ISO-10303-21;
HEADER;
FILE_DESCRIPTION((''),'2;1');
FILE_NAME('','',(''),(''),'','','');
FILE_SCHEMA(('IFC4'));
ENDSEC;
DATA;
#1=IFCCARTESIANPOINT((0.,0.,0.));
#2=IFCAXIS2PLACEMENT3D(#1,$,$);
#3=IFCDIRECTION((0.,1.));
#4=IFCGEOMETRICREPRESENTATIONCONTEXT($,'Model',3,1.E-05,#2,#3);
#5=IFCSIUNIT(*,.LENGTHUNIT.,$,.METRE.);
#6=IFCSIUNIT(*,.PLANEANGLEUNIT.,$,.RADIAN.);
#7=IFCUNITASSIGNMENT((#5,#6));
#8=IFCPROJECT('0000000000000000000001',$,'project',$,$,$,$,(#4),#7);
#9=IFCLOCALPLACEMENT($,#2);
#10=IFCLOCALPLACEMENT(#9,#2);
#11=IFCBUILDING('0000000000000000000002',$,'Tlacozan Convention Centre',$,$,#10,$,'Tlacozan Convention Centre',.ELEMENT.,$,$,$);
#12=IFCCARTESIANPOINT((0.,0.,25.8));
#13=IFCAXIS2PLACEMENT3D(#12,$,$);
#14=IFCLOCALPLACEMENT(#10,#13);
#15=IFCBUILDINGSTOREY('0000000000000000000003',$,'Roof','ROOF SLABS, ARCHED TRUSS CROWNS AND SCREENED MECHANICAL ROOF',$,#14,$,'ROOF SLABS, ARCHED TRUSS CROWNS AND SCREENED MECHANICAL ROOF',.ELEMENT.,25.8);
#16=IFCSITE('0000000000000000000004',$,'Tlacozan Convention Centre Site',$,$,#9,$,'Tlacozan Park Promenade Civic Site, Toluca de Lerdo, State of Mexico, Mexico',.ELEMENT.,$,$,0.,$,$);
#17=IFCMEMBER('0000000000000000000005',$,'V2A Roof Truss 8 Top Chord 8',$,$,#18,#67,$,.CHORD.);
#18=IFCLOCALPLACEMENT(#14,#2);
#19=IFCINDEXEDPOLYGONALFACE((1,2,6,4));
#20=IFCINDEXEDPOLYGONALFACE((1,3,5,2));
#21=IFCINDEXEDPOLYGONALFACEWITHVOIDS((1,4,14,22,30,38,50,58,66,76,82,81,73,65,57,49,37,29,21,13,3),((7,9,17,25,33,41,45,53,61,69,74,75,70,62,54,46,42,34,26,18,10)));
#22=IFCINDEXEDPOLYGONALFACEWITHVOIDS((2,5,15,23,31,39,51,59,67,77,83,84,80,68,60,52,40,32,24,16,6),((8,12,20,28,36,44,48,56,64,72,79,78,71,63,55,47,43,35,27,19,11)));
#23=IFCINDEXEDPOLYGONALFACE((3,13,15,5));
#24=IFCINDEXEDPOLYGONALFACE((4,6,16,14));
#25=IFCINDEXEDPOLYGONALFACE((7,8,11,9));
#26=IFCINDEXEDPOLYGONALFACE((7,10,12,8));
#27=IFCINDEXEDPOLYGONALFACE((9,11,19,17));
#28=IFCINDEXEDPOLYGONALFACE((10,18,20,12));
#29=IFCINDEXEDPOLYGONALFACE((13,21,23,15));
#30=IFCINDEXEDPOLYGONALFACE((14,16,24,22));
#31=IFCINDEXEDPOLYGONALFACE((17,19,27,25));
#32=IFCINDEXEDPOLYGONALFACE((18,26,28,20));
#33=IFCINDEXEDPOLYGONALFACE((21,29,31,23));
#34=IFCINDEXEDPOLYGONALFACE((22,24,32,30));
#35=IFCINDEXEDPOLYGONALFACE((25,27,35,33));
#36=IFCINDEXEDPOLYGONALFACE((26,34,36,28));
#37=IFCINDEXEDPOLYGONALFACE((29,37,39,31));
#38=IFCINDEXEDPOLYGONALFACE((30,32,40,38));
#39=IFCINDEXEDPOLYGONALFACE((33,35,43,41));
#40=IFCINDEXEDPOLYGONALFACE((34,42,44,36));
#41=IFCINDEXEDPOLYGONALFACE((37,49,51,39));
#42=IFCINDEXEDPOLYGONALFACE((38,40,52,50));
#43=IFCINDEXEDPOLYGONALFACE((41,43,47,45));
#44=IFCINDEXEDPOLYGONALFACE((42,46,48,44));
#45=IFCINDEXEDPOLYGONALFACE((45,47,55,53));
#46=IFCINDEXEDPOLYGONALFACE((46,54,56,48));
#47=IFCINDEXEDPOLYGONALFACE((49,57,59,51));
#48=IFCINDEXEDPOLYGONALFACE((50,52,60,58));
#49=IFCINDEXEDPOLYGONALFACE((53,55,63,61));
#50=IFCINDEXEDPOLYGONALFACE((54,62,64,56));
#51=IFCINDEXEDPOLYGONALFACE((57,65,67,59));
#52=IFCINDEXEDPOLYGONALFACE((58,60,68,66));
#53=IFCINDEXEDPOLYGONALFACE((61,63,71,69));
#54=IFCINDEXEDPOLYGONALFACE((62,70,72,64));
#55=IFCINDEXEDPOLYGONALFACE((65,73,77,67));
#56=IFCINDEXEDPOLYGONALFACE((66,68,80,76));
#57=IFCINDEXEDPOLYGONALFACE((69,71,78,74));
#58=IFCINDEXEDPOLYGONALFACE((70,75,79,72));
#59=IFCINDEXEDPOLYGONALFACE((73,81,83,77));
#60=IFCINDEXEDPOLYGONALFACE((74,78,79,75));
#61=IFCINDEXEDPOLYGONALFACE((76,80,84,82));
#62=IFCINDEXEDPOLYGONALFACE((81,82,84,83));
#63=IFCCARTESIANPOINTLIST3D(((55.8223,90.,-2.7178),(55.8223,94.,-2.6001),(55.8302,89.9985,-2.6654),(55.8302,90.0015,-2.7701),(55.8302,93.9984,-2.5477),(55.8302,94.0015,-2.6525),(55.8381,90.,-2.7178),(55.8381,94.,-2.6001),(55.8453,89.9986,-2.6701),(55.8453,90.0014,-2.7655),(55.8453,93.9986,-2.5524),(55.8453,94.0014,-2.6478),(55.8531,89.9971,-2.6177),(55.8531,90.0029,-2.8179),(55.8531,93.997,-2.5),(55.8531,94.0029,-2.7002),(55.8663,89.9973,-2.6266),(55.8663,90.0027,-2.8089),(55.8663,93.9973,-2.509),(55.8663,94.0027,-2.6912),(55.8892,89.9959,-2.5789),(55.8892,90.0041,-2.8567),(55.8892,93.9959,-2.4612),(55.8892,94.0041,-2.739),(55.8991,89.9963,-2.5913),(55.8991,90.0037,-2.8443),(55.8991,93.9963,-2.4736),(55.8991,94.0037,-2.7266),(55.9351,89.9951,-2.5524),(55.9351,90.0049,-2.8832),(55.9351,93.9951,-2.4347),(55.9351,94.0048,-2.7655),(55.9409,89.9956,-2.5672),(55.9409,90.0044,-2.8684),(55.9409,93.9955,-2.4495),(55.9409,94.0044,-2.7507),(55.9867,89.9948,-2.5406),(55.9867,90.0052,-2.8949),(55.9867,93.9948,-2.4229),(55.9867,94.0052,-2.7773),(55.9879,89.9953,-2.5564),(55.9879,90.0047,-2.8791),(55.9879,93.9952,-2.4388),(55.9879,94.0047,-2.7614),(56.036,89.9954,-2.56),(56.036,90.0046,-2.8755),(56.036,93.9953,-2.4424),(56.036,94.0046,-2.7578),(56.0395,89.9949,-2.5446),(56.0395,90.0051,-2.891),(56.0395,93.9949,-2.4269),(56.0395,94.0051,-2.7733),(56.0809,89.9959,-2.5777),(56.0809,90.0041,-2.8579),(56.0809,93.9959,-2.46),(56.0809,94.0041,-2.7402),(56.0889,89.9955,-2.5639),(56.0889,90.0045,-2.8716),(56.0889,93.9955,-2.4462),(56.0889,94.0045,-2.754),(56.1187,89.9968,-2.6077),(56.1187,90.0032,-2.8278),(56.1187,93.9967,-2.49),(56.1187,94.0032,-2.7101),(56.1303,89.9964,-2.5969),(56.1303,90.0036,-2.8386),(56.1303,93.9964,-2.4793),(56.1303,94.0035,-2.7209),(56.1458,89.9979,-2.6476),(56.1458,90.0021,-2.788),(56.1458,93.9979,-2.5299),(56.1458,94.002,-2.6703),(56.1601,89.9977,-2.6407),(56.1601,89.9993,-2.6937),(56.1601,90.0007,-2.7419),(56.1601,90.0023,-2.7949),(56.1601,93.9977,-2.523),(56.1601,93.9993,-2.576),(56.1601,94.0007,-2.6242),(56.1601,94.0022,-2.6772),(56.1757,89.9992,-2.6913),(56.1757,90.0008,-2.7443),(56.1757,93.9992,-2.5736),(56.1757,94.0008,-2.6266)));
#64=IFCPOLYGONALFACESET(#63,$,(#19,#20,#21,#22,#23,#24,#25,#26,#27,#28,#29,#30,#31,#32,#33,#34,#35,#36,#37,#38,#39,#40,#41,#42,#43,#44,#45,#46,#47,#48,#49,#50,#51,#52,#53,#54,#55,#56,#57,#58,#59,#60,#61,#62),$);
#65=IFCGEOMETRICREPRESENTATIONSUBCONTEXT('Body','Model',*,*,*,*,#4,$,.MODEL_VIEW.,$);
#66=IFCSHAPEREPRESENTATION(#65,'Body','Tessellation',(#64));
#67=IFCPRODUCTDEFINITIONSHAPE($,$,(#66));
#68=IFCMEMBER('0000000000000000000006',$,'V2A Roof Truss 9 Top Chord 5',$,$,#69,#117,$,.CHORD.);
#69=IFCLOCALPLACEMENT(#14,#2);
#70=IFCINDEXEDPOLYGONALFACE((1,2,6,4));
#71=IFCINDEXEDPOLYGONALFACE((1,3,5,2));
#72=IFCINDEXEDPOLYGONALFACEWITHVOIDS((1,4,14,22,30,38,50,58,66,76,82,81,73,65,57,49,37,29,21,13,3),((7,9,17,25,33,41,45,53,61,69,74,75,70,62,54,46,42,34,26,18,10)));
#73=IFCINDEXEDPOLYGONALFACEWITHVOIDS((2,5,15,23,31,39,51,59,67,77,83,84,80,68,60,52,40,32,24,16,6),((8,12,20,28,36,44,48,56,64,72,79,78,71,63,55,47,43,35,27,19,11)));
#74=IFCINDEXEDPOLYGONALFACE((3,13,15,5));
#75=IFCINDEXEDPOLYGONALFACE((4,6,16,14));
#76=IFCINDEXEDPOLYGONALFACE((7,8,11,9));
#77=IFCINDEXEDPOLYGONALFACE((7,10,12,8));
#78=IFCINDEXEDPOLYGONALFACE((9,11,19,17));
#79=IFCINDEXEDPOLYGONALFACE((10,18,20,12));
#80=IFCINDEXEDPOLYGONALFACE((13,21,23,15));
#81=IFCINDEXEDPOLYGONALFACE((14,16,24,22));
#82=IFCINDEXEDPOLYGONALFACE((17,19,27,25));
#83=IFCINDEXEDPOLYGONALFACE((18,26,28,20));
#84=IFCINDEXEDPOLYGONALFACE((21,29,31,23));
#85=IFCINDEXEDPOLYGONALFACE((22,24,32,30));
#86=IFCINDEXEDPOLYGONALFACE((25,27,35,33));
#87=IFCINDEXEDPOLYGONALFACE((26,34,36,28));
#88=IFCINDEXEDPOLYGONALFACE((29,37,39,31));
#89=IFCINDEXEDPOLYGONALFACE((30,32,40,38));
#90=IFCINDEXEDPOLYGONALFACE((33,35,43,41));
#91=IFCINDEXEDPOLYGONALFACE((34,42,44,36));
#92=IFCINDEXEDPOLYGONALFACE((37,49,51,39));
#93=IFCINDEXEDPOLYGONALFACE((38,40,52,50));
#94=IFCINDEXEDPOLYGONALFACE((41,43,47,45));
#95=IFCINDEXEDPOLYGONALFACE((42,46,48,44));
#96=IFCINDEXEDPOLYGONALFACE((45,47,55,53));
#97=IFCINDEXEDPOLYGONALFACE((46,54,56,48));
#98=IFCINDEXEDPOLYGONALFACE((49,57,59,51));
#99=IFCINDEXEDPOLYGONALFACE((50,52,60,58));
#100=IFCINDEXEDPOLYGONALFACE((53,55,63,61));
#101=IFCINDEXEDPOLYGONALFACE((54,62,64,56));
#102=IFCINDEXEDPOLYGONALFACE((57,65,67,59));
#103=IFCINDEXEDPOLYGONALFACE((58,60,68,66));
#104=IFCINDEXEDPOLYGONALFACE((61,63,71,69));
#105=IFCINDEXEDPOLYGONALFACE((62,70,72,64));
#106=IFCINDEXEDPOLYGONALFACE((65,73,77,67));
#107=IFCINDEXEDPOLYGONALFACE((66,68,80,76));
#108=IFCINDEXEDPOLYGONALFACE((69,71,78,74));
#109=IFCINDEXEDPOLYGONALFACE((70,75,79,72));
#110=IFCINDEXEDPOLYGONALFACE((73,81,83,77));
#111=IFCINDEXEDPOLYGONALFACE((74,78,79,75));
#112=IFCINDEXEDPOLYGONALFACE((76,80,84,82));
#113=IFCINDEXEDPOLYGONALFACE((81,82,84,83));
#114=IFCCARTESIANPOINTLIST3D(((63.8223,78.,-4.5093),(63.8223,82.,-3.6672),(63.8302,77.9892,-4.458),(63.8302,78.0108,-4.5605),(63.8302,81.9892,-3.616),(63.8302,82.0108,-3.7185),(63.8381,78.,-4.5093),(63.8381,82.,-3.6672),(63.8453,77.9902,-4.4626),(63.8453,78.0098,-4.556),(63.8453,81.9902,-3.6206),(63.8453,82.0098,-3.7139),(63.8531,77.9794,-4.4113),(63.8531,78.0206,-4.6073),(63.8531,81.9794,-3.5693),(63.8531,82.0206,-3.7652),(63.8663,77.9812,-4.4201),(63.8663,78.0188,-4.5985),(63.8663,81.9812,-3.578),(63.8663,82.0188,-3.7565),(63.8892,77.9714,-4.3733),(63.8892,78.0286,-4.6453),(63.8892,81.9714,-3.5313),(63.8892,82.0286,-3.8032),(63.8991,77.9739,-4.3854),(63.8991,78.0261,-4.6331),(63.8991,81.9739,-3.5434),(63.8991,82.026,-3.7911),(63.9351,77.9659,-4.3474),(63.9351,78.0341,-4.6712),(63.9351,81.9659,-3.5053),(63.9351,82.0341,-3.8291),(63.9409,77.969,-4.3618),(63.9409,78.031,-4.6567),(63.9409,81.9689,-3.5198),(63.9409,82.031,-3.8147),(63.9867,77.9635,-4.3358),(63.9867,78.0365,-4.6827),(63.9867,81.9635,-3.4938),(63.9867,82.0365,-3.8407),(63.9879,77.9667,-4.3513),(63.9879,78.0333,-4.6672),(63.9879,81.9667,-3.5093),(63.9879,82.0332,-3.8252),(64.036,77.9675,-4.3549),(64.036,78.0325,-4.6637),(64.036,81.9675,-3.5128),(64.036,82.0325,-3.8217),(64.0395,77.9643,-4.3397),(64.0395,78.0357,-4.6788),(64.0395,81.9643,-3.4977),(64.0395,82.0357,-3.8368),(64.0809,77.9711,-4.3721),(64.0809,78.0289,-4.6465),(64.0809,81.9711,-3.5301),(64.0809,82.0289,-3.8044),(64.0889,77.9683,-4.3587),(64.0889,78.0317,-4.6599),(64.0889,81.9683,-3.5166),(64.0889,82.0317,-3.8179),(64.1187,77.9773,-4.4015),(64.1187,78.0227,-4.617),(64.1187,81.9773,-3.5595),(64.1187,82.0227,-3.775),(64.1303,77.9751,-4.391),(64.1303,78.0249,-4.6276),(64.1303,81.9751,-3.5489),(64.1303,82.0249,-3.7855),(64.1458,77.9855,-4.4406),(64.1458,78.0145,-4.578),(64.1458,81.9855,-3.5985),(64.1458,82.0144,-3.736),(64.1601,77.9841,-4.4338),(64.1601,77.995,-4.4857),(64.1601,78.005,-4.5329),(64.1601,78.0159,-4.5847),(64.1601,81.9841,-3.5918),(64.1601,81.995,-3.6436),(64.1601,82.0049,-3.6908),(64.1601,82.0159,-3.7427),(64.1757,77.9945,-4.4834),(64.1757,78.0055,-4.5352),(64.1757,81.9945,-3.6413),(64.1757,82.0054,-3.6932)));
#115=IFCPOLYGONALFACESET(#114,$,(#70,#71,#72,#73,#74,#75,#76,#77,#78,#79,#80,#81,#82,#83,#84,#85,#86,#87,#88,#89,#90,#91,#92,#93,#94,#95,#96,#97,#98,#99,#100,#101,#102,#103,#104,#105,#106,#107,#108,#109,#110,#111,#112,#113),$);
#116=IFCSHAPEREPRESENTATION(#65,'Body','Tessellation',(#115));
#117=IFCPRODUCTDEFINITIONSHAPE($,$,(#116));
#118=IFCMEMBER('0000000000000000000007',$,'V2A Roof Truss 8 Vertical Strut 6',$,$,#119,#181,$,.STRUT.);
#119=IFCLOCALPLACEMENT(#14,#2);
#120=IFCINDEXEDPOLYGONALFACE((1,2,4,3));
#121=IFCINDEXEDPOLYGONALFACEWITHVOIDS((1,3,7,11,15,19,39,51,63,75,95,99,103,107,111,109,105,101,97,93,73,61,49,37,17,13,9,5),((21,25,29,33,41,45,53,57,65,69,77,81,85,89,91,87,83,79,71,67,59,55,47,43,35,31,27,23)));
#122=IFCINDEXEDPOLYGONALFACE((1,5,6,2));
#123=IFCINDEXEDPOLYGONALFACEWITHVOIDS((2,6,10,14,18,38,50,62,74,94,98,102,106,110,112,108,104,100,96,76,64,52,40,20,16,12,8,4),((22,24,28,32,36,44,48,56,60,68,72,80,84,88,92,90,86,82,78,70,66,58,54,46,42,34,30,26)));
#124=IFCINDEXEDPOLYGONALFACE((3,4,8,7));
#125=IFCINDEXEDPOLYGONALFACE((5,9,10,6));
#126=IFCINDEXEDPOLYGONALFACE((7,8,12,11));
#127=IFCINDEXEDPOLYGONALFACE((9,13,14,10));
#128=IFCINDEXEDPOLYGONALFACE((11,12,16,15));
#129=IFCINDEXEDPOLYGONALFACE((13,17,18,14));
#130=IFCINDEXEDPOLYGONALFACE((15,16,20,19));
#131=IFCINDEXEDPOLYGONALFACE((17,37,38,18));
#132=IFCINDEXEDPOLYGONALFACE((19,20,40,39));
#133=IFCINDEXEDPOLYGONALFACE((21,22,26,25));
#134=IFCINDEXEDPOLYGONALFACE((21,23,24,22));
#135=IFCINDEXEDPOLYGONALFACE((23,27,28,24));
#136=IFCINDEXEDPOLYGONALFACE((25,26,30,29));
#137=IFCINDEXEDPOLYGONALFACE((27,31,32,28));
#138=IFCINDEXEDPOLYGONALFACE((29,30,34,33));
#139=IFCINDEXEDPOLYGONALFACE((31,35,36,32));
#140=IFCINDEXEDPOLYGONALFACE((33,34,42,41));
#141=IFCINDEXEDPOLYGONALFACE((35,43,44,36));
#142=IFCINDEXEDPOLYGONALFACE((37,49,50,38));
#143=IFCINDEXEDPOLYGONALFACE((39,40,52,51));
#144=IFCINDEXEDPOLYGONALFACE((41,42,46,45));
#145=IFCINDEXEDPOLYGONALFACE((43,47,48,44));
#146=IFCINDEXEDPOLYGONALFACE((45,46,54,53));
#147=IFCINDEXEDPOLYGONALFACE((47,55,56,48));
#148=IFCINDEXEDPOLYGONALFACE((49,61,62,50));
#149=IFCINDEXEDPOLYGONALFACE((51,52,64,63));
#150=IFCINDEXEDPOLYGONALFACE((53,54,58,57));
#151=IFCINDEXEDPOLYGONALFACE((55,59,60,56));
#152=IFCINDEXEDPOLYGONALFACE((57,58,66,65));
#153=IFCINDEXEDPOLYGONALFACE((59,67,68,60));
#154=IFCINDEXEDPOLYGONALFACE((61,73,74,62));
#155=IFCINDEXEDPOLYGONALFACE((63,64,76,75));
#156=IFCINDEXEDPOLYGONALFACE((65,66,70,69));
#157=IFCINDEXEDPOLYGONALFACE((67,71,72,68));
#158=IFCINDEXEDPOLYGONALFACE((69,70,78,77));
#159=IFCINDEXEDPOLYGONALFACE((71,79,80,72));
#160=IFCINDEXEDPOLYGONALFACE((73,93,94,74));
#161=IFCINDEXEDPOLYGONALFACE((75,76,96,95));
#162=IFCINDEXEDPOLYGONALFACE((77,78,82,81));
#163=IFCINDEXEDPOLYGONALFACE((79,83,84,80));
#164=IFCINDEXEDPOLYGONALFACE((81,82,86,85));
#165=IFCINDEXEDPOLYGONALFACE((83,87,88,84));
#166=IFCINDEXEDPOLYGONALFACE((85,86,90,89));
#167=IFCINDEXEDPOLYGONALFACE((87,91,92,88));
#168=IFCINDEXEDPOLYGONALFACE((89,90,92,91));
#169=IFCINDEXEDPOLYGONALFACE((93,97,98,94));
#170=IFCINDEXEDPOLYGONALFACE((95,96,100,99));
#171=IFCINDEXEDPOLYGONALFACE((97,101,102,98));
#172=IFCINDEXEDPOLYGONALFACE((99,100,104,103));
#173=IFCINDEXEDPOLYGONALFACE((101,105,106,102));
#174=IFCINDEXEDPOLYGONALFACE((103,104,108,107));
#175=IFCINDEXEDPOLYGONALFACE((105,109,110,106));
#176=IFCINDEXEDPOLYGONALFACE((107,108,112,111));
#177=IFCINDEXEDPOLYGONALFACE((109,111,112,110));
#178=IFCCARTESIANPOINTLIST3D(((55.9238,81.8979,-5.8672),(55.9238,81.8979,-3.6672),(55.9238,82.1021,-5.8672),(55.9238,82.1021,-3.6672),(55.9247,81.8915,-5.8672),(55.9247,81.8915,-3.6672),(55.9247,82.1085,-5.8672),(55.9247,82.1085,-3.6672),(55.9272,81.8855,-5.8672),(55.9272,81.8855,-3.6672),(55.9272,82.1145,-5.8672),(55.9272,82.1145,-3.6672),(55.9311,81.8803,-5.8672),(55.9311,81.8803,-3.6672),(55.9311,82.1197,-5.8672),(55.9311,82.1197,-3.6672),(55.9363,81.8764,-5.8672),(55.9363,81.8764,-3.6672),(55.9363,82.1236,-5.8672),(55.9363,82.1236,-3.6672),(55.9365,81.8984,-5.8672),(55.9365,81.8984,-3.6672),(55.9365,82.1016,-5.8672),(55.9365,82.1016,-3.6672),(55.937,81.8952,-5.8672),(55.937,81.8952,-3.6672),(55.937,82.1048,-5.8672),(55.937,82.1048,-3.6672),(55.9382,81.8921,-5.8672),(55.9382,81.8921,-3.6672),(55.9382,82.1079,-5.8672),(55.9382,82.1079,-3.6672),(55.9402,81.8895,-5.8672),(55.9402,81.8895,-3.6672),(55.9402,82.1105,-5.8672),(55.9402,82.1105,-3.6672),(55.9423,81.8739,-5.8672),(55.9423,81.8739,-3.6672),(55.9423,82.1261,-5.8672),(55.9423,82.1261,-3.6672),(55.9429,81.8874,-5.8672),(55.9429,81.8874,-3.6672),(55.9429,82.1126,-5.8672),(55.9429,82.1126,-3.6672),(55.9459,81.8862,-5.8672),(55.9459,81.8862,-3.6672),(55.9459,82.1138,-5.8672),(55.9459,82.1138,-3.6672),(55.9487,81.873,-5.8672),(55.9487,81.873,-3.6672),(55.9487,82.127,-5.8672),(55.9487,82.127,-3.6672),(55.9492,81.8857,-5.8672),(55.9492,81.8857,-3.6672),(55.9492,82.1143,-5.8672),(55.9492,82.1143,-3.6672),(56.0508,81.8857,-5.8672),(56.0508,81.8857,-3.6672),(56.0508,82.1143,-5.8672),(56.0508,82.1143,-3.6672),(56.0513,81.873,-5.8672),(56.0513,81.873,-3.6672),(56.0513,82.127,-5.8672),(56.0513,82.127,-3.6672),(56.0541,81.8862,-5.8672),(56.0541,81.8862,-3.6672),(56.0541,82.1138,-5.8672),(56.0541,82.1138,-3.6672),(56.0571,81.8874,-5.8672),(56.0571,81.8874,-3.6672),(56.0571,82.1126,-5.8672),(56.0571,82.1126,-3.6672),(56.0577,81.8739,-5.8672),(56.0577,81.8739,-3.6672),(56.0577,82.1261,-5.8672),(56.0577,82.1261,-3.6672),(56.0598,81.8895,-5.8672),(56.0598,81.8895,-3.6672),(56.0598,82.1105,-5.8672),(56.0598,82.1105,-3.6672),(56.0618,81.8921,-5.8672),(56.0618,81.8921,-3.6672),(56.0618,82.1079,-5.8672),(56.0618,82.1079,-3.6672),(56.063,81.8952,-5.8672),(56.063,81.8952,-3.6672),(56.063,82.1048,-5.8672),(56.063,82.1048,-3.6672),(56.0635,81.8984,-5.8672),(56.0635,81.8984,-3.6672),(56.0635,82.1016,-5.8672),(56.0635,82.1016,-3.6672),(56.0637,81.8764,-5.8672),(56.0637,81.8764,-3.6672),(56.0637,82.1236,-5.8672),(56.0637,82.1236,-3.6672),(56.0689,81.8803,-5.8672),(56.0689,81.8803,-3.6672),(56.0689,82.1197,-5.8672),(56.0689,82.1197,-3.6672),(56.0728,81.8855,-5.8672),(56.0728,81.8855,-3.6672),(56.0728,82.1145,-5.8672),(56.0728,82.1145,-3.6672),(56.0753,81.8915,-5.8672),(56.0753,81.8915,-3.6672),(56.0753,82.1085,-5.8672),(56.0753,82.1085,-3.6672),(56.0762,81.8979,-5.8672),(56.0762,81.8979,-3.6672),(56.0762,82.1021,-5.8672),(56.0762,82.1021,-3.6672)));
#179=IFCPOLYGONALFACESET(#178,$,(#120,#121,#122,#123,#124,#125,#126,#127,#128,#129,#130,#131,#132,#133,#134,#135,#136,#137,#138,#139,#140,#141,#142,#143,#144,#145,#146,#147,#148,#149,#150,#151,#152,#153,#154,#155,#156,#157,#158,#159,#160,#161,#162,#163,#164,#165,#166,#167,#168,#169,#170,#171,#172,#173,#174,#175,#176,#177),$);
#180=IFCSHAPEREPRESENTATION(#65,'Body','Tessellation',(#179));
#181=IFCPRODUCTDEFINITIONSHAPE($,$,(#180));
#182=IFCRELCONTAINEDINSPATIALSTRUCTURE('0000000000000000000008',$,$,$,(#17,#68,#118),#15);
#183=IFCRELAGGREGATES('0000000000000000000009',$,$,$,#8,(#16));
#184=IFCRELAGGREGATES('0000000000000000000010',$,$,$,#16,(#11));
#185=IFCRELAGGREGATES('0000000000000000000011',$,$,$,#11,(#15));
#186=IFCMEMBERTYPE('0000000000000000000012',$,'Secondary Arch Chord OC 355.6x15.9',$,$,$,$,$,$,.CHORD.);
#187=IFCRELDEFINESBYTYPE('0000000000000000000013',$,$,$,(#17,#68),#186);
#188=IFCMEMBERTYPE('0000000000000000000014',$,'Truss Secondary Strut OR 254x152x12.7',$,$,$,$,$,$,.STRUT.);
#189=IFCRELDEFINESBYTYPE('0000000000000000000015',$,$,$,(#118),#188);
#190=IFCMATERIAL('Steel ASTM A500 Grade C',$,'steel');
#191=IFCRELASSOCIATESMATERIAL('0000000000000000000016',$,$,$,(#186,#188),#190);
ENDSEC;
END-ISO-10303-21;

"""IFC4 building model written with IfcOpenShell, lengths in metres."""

from ifc_helpers import new_model, si_unit, direction, frame, origin, origin_2d, place, context, subcontext, project, spatial, hollow_rectangle, hollow_circle, extrude, material, material_profile, profile_set, type_object, element, save


model = new_model("IFC4")

# Units and contexts
model_context = context("Model", 3, precision=1e-05, world=origin(), true_north=direction((0.0, 1.0)))
body_context = subcontext(model_context, "Body", "Model", "MODEL_VIEW")
ifc_project = project(units=[si_unit("LENGTHUNIT", "METRE"), si_unit("PLANEANGLEUNIT", "RADIAN")], contexts=[model_context])

# Site, building, storey
site_placement = place(None, origin())
site = spatial("IfcSite", under=ifc_project, at=site_placement, Name="Tlacozan Convention Centre Site", LongName="Tlacozan Park Promenade Civic Site, Toluca de Lerdo, State of Mexico, Mexico", CompositionType="ELEMENT", RefElevation=0.0)
building_placement = place(site_placement, origin())
building = spatial("IfcBuilding", under=site, at=building_placement, Name="Tlacozan Convention Centre", LongName="Tlacozan Convention Centre", CompositionType="ELEMENT")
storey_placement = place(building_placement, frame((0.0, 0.0, 25.8)))
storey = spatial("IfcBuildingStorey", under=building, at=storey_placement, Name="Roof", Description="ROOF SLABS, ARCHED TRUSS CROWNS AND SCREENED MECHANICAL ROOF", LongName="ROOF SLABS, ARCHED TRUSS CROWNS AND SCREENED MECHANICAL ROOF", CompositionType="ELEMENT", Elevation=25.8)

# Members
ifc_material_1 = material(Name="Steel ASTM A500 Grade C", Category="steel")
ifc_material_profile_1 = material_profile(ifc_material_1, hollow_circle(Radius=0.1777, WallThickness=0.0159, at=origin_2d()), Name="OC 355.6x15.9")
ifc_profile_set_1 = profile_set([ifc_material_profile_1], Name="Steel ASTM A500 Grade C")
member_type_1 = type_object("IfcMemberType", Name="Secondary Arch Chord OC 355.6x15.9", PredefinedType="CHORD", material=ifc_profile_set_1)
member_1_placement = place(storey_placement, frame((56.0, 90.0, -2.7178), z_axis=(0.0, 0.999568, 0.029406), x_axis=(-1.0, 0.0, 0.0)))
element("IfcMember", 1, at=member_1_placement, inside=storey, type_object=member_type_1, Name="V2A Roof Truss 8 Top Chord 8", PredefinedType="CHORD", context=body_context, shape_type="SweptSolid", body=[
    extrude(hollow_circle(Radius=0.1777, WallThickness=0.0159, at=origin_2d()), origin(), (0.0, 0.0, 1.0), 4.0017),
])
member_2_placement = place(storey_placement, frame((64.0, 78.0, -4.5093), z_axis=(0.0, 0.978553, 0.205995), x_axis=(-1.0, 0.0, 0.0)))
element("IfcMember", 2, at=member_2_placement, inside=storey, type_object=member_type_1, Name="V2A Roof Truss 9 Top Chord 5", PredefinedType="CHORD", context=body_context, shape_type="SweptSolid", body=[
    extrude(hollow_circle(Radius=0.1777, WallThickness=0.0159, at=origin_2d()), origin(), (0.0, 0.0, 1.0), 4.0876),
])
ifc_material_profile_2 = material_profile(ifc_material_1, hollow_rectangle(XDim=0.1523, YDim=0.2539, WallThickness=0.0127, InnerFilletRadius=0.0127, OuterFilletRadius=0.0249, at=origin_2d()), Name="OR 254x152x12.7")
ifc_profile_set_2 = profile_set([ifc_material_profile_2], Name="Steel ASTM A500 Grade C")
member_type_2 = type_object("IfcMemberType", Name="Truss Secondary Strut OR 254x152x12.7", PredefinedType="STRUT", material=ifc_profile_set_2)
for number, where, z_axis, x_axis, name in (
    (3, (56.0, 82.0, -5.8672), (0.0, 0.0, 1.0), (1.0, 0.0, 0.0), "V2A Roof Truss 8 Vertical Strut 6"),
):
    element("IfcMember", number, at=place(storey_placement, frame(where, z_axis=z_axis, x_axis=x_axis)), inside=storey, type_object=member_type_2, Name=name, PredefinedType="STRUT", context=body_context, shape_type="SweptSolid", body=[
        extrude(hollow_rectangle(XDim=0.1523, YDim=0.2539, WallThickness=0.0127, InnerFilletRadius=0.0127, OuterFilletRadius=0.0249, at=origin_2d()), origin(), (0.0, 0.0, 1.0), 2.2),
    ])

save(model, "model.ifc")
